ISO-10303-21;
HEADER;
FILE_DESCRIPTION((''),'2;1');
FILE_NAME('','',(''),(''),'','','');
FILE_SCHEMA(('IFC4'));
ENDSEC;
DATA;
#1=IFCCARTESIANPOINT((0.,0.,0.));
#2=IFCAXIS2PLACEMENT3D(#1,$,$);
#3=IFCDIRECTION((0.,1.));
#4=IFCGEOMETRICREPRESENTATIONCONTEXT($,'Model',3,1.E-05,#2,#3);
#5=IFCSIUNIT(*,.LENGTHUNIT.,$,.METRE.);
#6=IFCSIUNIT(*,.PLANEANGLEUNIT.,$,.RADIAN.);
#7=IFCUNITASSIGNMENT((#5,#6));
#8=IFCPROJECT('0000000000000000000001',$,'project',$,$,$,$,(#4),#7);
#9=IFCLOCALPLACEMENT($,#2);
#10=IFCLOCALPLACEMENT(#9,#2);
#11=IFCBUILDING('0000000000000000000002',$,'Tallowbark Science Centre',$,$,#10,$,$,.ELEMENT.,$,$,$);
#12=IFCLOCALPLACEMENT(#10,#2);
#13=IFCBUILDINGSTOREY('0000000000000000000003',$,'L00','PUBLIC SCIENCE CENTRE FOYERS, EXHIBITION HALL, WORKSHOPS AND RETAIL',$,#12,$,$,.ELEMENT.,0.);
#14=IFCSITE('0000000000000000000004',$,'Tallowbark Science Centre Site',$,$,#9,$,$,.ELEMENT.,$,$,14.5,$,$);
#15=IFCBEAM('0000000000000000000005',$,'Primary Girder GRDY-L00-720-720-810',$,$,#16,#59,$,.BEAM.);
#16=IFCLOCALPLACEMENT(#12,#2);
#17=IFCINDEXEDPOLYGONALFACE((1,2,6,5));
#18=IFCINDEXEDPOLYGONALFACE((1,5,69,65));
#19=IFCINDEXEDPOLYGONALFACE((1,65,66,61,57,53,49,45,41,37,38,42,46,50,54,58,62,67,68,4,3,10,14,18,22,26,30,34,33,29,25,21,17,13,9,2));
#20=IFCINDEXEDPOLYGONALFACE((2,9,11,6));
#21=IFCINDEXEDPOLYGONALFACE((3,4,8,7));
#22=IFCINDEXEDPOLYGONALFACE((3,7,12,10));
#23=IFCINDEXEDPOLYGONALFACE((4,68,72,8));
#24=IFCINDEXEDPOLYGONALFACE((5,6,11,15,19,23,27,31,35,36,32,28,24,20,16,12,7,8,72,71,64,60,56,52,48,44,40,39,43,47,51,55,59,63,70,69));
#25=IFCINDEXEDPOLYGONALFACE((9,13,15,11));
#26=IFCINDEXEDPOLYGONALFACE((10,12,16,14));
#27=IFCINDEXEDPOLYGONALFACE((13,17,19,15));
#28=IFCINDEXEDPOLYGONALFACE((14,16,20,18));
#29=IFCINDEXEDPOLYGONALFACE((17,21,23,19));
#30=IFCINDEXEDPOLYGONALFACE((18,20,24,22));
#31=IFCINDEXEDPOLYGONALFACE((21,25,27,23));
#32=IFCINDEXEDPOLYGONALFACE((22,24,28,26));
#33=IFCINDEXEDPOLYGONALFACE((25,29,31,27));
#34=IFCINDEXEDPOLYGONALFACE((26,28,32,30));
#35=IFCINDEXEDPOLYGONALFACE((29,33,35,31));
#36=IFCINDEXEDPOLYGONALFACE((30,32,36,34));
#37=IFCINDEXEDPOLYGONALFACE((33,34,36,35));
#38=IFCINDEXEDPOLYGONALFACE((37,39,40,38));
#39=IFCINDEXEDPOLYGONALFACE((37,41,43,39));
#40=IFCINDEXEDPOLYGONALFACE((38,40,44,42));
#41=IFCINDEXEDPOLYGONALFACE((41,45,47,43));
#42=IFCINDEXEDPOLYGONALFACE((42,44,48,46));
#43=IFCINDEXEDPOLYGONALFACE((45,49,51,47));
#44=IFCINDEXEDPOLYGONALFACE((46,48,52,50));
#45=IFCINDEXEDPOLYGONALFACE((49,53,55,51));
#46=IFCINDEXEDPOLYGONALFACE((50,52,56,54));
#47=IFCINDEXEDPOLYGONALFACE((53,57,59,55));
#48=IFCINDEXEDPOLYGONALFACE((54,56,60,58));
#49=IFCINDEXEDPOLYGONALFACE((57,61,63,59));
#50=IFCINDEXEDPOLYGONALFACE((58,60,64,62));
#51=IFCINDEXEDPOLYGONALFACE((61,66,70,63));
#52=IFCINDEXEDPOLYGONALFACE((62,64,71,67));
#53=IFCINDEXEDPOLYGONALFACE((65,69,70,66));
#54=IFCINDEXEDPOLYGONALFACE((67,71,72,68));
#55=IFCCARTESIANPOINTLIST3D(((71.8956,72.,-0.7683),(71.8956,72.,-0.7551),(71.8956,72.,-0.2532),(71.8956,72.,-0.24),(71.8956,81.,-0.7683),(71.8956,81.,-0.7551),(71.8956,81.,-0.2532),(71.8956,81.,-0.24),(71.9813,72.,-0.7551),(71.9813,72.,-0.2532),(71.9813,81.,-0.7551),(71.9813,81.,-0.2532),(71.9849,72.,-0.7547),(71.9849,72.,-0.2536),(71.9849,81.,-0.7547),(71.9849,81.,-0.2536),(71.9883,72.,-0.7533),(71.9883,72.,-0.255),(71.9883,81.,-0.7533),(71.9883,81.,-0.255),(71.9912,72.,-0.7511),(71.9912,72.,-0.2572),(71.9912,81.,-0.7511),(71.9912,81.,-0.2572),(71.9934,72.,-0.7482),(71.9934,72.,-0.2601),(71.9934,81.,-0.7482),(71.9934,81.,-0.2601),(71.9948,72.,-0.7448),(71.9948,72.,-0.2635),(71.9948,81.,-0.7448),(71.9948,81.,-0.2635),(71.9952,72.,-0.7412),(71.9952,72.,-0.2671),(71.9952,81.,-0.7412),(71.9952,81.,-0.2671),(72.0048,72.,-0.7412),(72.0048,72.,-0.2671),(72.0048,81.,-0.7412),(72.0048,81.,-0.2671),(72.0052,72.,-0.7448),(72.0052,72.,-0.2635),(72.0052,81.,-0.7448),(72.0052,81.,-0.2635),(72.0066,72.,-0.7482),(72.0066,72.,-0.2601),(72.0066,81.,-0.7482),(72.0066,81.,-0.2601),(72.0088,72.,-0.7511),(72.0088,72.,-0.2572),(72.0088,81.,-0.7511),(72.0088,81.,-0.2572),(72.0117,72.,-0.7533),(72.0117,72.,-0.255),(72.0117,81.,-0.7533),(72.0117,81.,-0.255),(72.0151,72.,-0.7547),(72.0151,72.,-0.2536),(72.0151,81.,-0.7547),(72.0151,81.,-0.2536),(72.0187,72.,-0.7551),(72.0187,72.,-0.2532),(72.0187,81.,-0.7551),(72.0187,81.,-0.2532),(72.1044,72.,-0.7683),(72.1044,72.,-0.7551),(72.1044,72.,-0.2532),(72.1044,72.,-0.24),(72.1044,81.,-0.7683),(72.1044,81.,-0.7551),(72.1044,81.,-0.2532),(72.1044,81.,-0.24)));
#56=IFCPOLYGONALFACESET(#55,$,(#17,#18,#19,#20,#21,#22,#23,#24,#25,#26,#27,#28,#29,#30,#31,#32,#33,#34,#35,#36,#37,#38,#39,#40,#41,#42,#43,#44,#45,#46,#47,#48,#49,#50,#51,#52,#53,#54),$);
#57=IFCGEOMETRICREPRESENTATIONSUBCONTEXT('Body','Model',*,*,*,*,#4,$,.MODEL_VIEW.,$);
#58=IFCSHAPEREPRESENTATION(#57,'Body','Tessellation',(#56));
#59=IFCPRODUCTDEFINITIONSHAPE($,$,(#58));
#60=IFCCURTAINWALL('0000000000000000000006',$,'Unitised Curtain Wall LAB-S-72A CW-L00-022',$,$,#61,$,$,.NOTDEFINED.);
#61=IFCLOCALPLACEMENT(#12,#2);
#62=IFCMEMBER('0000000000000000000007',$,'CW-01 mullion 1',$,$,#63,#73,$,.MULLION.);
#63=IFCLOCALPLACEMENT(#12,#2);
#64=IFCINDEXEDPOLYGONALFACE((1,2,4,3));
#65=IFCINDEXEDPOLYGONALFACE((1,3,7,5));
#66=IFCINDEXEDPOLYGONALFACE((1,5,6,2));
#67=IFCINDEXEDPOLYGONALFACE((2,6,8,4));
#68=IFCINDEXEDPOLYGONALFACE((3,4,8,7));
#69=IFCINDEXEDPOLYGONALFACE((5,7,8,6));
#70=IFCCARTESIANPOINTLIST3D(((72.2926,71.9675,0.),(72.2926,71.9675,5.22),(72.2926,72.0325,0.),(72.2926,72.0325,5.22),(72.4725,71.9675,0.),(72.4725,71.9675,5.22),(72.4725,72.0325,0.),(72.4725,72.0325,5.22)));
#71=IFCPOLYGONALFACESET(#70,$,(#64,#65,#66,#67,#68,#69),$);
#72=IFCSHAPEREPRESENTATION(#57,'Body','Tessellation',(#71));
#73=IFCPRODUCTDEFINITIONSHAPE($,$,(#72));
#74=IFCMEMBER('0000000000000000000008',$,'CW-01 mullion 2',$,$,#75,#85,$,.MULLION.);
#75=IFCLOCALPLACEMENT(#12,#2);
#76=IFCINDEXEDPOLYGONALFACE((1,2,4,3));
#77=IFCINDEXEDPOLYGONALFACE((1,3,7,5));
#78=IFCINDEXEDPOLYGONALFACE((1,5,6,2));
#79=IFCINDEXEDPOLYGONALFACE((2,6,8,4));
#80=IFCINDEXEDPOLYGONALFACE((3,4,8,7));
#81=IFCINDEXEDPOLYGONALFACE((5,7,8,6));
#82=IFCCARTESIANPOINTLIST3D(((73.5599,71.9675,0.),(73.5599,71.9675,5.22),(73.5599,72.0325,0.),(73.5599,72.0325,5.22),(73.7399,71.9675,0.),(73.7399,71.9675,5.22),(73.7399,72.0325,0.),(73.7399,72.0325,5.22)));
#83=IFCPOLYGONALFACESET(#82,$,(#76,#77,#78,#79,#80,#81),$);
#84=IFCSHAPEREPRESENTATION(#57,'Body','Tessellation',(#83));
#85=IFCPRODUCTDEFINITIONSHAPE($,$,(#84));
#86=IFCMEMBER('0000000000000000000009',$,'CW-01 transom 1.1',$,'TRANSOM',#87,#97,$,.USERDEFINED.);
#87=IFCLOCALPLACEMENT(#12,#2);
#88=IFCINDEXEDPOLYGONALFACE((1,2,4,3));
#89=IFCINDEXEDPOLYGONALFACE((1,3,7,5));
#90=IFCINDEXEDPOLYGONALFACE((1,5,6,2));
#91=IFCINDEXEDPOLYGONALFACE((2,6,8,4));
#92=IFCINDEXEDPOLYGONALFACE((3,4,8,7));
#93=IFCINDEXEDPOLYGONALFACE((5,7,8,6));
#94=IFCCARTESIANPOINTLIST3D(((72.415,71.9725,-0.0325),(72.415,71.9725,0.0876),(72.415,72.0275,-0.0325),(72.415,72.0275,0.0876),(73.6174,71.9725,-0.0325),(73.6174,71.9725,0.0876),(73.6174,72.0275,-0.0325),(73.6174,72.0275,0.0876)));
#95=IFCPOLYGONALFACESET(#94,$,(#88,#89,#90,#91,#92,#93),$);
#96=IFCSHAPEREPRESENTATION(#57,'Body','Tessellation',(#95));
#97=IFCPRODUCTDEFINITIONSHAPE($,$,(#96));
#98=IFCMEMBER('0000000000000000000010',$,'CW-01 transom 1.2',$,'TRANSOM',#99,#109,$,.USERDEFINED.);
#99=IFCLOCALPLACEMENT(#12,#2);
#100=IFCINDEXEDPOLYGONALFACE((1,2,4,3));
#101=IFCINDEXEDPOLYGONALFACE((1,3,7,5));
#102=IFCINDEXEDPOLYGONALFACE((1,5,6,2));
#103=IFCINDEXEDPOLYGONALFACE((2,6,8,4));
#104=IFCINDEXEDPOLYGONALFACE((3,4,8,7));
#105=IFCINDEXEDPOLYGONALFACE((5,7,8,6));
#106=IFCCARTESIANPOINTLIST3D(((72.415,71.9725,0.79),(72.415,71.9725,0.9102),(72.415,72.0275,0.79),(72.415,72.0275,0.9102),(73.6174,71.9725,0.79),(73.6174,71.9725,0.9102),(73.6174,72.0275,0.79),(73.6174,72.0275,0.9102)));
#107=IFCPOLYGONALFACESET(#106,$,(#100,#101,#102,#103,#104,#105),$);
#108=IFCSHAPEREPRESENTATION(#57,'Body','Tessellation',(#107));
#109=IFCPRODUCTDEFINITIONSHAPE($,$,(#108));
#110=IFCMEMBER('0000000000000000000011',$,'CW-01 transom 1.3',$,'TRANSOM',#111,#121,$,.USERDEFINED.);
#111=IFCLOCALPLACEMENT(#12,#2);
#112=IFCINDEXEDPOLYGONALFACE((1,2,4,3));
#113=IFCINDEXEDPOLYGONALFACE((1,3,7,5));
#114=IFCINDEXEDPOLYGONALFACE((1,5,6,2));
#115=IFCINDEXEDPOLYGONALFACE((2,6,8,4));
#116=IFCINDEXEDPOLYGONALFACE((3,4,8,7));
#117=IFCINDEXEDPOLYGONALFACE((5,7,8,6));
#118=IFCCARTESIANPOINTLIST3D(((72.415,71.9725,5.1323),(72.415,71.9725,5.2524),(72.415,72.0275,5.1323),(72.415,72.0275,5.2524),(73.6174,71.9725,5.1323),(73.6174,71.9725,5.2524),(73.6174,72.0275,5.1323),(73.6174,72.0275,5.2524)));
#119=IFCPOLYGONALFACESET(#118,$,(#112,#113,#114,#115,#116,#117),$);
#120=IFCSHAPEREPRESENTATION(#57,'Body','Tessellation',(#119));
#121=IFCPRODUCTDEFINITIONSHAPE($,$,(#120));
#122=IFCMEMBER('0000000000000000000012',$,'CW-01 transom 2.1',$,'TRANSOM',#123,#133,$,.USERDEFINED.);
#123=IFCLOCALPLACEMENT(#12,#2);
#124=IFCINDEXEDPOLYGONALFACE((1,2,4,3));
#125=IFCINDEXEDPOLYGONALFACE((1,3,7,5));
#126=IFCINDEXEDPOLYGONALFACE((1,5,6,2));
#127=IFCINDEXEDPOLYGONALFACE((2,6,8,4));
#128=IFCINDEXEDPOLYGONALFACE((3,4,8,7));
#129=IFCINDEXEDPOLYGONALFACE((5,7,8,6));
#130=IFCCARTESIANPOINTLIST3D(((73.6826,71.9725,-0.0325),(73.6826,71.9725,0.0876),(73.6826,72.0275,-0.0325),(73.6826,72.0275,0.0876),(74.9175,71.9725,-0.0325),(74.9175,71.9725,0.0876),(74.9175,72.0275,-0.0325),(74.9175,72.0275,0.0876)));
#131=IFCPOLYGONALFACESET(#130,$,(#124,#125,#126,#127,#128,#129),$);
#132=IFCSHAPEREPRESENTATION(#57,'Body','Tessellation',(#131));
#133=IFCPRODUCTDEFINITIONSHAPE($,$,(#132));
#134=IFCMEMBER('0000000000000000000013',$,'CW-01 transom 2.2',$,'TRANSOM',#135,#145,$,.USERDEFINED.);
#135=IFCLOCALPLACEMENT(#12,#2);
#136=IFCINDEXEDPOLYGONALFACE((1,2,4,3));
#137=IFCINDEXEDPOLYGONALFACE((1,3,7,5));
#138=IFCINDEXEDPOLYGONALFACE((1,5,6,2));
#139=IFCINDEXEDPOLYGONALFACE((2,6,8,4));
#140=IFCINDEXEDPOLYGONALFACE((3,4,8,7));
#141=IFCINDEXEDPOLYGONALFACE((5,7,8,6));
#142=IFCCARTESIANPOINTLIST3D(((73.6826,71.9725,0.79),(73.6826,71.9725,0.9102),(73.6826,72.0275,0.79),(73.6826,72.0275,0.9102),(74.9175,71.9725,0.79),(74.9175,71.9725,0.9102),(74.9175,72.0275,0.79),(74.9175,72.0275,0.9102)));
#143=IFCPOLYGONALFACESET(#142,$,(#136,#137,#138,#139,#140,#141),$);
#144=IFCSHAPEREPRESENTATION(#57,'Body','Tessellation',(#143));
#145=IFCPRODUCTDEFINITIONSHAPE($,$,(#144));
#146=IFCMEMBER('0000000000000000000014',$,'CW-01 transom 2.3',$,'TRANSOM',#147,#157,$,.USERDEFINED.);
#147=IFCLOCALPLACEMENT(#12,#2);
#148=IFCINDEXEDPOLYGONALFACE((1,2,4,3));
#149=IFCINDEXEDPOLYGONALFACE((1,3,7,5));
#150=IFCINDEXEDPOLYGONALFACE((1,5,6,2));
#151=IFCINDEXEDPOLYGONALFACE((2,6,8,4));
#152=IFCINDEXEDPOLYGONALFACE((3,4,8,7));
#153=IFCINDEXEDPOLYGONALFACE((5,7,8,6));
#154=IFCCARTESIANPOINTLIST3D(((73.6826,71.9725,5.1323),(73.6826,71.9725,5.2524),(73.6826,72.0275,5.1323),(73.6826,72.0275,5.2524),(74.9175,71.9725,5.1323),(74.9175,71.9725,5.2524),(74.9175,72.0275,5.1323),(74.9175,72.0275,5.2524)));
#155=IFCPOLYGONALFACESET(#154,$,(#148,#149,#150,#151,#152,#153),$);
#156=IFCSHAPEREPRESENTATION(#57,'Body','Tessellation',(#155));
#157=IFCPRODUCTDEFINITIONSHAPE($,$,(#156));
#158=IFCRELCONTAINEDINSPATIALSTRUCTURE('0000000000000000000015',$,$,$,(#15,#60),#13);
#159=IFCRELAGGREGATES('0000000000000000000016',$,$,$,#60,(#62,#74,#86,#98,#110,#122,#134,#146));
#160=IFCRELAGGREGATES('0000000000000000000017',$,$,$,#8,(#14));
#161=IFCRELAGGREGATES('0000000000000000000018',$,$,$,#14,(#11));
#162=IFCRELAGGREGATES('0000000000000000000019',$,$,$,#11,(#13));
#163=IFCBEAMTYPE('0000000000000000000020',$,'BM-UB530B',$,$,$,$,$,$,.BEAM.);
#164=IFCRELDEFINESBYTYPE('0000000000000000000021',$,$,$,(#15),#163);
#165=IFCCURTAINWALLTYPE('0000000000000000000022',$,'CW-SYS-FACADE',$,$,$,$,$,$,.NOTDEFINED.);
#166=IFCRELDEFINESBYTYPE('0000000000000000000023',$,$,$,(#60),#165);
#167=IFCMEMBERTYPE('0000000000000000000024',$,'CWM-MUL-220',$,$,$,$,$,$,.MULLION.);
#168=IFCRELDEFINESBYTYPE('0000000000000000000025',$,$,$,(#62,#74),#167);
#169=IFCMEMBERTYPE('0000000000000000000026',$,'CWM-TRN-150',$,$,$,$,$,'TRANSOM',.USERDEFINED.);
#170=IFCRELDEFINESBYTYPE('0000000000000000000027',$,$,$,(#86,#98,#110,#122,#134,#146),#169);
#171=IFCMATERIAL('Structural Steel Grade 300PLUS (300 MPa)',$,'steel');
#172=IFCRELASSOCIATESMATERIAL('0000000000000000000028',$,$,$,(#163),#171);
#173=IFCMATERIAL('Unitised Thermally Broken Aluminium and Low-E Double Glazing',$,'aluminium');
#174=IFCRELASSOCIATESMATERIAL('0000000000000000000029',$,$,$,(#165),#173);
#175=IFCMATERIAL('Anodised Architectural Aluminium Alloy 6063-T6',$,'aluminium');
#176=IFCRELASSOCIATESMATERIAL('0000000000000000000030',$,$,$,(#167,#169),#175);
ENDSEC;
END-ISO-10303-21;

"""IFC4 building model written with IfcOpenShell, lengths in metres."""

from ifc_helpers import new_model, si_unit, direction, frame, origin, origin_2d, place, context, subcontext, project, spatial, rectangle, i_section, extrude, material, material_profile, profile_set, type_object, element, aggregate, save


model = new_model("IFC4")

# Units and contexts
model_context = context("Model", 3, precision=1e-05, world=origin(), true_north=direction((0.0, 1.0)))
body_context = subcontext(model_context, "Body", "Model", "MODEL_VIEW")
ifc_project = project(units=[si_unit("LENGTHUNIT", "METRE"), si_unit("PLANEANGLEUNIT", "RADIAN")], contexts=[model_context])

# Site, building, storey
site_placement = place(None, origin())
site = spatial("IfcSite", under=ifc_project, at=site_placement, Name="Tallowbark Science Centre Site", CompositionType="ELEMENT", RefElevation=14.5)
building_placement = place(site_placement, origin())
building = spatial("IfcBuilding", under=site, at=building_placement, Name="Tallowbark Science Centre", CompositionType="ELEMENT")
storey_placement = place(building_placement, origin())
storey = spatial("IfcBuildingStorey", under=building, at=storey_placement, Name="L00", Description="PUBLIC SCIENCE CENTRE FOYERS, EXHIBITION HALL, WORKSHOPS AND RETAIL", CompositionType="ELEMENT", Elevation=0.0)

# Shared definitions
ifc_material_1 = material(Name="Structural Steel Grade 300PLUS (300 MPa)", Category="steel")

# Beam
ifc_material_profile_1 = material_profile(ifc_material_1, i_section(OverallWidth=0.2087, OverallDepth=0.5283, WebThickness=0.0095, FlangeThickness=0.0132, FilletRadius=0.0139, at=origin_2d()), Name="530UB82.0")
ifc_profile_set_1 = profile_set([ifc_material_profile_1], Name="Structural Steel Grade 300PLUS (300 MPa)")
beam_type_1 = type_object("IfcBeamType", Name="BM-UB530B", PredefinedType="BEAM", material=ifc_profile_set_1)
for number, where, z_axis, x_axis, name in (
    (1, (72.0, 72.0, -0.5042), (0.0, 1.0, 0.0), (-1.0, 0.0, 0.0), "Primary Girder GRDY-L00-720-720-810"),
):
    element("IfcBeam", number, at=place(storey_placement, frame(where, z_axis=z_axis, x_axis=x_axis)), inside=storey, type_object=beam_type_1, Name=name, PredefinedType="BEAM", context=body_context, shape_type="SweptSolid", body=[
        extrude(i_section(OverallWidth=0.2087, OverallDepth=0.5283, WebThickness=0.0095, FlangeThickness=0.0132, FilletRadius=0.0139, at=origin_2d()), origin(), (0.0, 0.0, 1.0), 9.0),
    ])

# Curtain wall, members
ifc_material_2 = material(Name="Unitised Thermally Broken Aluminium and Low-E Double Glazing", Category="aluminium")
curtain_wall_type = type_object("IfcCurtainWallType", Name="CW-SYS-FACADE", PredefinedType="NOTDEFINED", material=ifc_material_2)
curtain_wall_placement = place(storey_placement, origin())
curtain_wall = element("IfcCurtainWall", 2, at=curtain_wall_placement, inside=storey, type_object=curtain_wall_type, Name="Unitised Curtain Wall LAB-S-72A CW-L00-022", PredefinedType="NOTDEFINED")
ifc_material_3 = material(Name="Anodised Architectural Aluminium Alloy 6063-T6", Category="aluminium")
ifc_material_profile_2 = material_profile(ifc_material_3, rectangle(XDim=0.0649, YDim=0.1799, at=origin_2d()), Name="ALU65x180")
ifc_profile_set_2 = profile_set([ifc_material_profile_2], Name="Anodised Architectural Aluminium Alloy 6063-T6")
member_type_1 = type_object("IfcMemberType", Name="CWM-MUL-220", PredefinedType="MULLION", material=ifc_profile_set_2)
member_1_placement = place(storey_placement, frame((72.3826, 72.0, 0.0), z_axis=(0.0, 0.0, 1.0), x_axis=(0.0, 1.0, 0.0)))
member_1 = element("IfcMember", 3, at=member_1_placement, type_object=member_type_1, Name="CW-01 mullion 1", PredefinedType="MULLION", context=body_context, shape_type="SweptSolid", body=[
    extrude(rectangle(XDim=0.0649, YDim=0.1799, at=origin_2d()), origin(), (0.0, 0.0, 1.0), 5.22),
])
member_2_placement = place(storey_placement, frame((73.6499, 72.0, 0.0), z_axis=(0.0, 0.0, 1.0), x_axis=(0.0, 1.0, 0.0)))
member_2 = element("IfcMember", 4, at=member_2_placement, type_object=member_type_1, Name="CW-01 mullion 2", PredefinedType="MULLION", context=body_context, shape_type="SweptSolid", body=[
    extrude(rectangle(XDim=0.0649, YDim=0.1799, at=origin_2d()), origin(), (0.0, 0.0, 1.0), 5.22),
])
ifc_material_profile_3 = material_profile(ifc_material_3, rectangle(XDim=0.0549, YDim=0.1201, at=origin_2d()), Name="ALU55x120")
ifc_profile_set_3 = profile_set([ifc_material_profile_3], Name="Anodised Architectural Aluminium Alloy 6063-T6")
member_type_2 = type_object("IfcMemberType", Name="CWM-TRN-150", ElementType="TRANSOM", PredefinedType="USERDEFINED", material=ifc_profile_set_3)
member_3_placement = place(storey_placement, frame((72.415, 72.0, 0.0276), z_axis=(1.0, 0.0, 0.0), x_axis=(0.0, 1.0, 0.0)))
member_3 = element("IfcMember", 5, at=member_3_placement, type_object=member_type_2, Name="CW-01 transom 1.1", ObjectType="TRANSOM", PredefinedType="USERDEFINED", context=body_context, shape_type="SweptSolid", body=[
    extrude(rectangle(XDim=0.0549, YDim=0.1201, at=origin_2d()), origin(), (0.0, 0.0, 1.0), 1.2024),
])
member_4_placement = place(storey_placement, frame((72.415, 72.0, 0.8501), z_axis=(1.0, 0.0, 0.0), x_axis=(0.0, 1.0, 0.0)))
member_4 = element("IfcMember", 6, at=member_4_placement, type_object=member_type_2, Name="CW-01 transom 1.2", ObjectType="TRANSOM", PredefinedType="USERDEFINED", context=body_context, shape_type="SweptSolid", body=[
    extrude(rectangle(XDim=0.0549, YDim=0.1201, at=origin_2d()), origin(), (0.0, 0.0, 1.0), 1.2024),
])
member_5_placement = place(storey_placement, frame((72.415, 72.0, 5.1924), z_axis=(1.0, 0.0, 0.0), x_axis=(0.0, 1.0, 0.0)))
member_5 = element("IfcMember", 7, at=member_5_placement, type_object=member_type_2, Name="CW-01 transom 1.3", ObjectType="TRANSOM", PredefinedType="USERDEFINED", context=body_context, shape_type="SweptSolid", body=[
    extrude(rectangle(XDim=0.0549, YDim=0.1201, at=origin_2d()), origin(), (0.0, 0.0, 1.0), 1.2024),
])
member_6_placement = place(storey_placement, frame((73.6826, 72.0, 0.0276), z_axis=(1.0, 0.0, 0.0), x_axis=(0.0, 1.0, 0.0)))
member_6 = element("IfcMember", 8, at=member_6_placement, type_object=member_type_2, Name="CW-01 transom 2.1", ObjectType="TRANSOM", PredefinedType="USERDEFINED", context=body_context, shape_type="SweptSolid", body=[
    extrude(rectangle(XDim=0.0549, YDim=0.1201, at=origin_2d()), origin(), (0.0, 0.0, 1.0), 1.2349),
])
member_7_placement = place(storey_placement, frame((73.6826, 72.0, 0.8501), z_axis=(1.0, 0.0, 0.0), x_axis=(0.0, 1.0, 0.0)))
member_7 = element("IfcMember", 9, at=member_7_placement, type_object=member_type_2, Name="CW-01 transom 2.2", ObjectType="TRANSOM", PredefinedType="USERDEFINED", context=body_context, shape_type="SweptSolid", body=[
    extrude(rectangle(XDim=0.0549, YDim=0.1201, at=origin_2d()), origin(), (0.0, 0.0, 1.0), 1.2349),
])
member_8_placement = place(storey_placement, frame((73.6826, 72.0, 5.1924), z_axis=(1.0, 0.0, 0.0), x_axis=(0.0, 1.0, 0.0)))
member_8 = element("IfcMember", 10, at=member_8_placement, type_object=member_type_2, Name="CW-01 transom 2.3", ObjectType="TRANSOM", PredefinedType="USERDEFINED", context=body_context, shape_type="SweptSolid", body=[
    extrude(rectangle(XDim=0.0549, YDim=0.1201, at=origin_2d()), origin(), (0.0, 0.0, 1.0), 1.2349),
])

aggregate(curtain_wall, [member_1, member_2, member_3, member_4, member_5, member_6, member_7, member_8])

save(model, "model.ifc")
